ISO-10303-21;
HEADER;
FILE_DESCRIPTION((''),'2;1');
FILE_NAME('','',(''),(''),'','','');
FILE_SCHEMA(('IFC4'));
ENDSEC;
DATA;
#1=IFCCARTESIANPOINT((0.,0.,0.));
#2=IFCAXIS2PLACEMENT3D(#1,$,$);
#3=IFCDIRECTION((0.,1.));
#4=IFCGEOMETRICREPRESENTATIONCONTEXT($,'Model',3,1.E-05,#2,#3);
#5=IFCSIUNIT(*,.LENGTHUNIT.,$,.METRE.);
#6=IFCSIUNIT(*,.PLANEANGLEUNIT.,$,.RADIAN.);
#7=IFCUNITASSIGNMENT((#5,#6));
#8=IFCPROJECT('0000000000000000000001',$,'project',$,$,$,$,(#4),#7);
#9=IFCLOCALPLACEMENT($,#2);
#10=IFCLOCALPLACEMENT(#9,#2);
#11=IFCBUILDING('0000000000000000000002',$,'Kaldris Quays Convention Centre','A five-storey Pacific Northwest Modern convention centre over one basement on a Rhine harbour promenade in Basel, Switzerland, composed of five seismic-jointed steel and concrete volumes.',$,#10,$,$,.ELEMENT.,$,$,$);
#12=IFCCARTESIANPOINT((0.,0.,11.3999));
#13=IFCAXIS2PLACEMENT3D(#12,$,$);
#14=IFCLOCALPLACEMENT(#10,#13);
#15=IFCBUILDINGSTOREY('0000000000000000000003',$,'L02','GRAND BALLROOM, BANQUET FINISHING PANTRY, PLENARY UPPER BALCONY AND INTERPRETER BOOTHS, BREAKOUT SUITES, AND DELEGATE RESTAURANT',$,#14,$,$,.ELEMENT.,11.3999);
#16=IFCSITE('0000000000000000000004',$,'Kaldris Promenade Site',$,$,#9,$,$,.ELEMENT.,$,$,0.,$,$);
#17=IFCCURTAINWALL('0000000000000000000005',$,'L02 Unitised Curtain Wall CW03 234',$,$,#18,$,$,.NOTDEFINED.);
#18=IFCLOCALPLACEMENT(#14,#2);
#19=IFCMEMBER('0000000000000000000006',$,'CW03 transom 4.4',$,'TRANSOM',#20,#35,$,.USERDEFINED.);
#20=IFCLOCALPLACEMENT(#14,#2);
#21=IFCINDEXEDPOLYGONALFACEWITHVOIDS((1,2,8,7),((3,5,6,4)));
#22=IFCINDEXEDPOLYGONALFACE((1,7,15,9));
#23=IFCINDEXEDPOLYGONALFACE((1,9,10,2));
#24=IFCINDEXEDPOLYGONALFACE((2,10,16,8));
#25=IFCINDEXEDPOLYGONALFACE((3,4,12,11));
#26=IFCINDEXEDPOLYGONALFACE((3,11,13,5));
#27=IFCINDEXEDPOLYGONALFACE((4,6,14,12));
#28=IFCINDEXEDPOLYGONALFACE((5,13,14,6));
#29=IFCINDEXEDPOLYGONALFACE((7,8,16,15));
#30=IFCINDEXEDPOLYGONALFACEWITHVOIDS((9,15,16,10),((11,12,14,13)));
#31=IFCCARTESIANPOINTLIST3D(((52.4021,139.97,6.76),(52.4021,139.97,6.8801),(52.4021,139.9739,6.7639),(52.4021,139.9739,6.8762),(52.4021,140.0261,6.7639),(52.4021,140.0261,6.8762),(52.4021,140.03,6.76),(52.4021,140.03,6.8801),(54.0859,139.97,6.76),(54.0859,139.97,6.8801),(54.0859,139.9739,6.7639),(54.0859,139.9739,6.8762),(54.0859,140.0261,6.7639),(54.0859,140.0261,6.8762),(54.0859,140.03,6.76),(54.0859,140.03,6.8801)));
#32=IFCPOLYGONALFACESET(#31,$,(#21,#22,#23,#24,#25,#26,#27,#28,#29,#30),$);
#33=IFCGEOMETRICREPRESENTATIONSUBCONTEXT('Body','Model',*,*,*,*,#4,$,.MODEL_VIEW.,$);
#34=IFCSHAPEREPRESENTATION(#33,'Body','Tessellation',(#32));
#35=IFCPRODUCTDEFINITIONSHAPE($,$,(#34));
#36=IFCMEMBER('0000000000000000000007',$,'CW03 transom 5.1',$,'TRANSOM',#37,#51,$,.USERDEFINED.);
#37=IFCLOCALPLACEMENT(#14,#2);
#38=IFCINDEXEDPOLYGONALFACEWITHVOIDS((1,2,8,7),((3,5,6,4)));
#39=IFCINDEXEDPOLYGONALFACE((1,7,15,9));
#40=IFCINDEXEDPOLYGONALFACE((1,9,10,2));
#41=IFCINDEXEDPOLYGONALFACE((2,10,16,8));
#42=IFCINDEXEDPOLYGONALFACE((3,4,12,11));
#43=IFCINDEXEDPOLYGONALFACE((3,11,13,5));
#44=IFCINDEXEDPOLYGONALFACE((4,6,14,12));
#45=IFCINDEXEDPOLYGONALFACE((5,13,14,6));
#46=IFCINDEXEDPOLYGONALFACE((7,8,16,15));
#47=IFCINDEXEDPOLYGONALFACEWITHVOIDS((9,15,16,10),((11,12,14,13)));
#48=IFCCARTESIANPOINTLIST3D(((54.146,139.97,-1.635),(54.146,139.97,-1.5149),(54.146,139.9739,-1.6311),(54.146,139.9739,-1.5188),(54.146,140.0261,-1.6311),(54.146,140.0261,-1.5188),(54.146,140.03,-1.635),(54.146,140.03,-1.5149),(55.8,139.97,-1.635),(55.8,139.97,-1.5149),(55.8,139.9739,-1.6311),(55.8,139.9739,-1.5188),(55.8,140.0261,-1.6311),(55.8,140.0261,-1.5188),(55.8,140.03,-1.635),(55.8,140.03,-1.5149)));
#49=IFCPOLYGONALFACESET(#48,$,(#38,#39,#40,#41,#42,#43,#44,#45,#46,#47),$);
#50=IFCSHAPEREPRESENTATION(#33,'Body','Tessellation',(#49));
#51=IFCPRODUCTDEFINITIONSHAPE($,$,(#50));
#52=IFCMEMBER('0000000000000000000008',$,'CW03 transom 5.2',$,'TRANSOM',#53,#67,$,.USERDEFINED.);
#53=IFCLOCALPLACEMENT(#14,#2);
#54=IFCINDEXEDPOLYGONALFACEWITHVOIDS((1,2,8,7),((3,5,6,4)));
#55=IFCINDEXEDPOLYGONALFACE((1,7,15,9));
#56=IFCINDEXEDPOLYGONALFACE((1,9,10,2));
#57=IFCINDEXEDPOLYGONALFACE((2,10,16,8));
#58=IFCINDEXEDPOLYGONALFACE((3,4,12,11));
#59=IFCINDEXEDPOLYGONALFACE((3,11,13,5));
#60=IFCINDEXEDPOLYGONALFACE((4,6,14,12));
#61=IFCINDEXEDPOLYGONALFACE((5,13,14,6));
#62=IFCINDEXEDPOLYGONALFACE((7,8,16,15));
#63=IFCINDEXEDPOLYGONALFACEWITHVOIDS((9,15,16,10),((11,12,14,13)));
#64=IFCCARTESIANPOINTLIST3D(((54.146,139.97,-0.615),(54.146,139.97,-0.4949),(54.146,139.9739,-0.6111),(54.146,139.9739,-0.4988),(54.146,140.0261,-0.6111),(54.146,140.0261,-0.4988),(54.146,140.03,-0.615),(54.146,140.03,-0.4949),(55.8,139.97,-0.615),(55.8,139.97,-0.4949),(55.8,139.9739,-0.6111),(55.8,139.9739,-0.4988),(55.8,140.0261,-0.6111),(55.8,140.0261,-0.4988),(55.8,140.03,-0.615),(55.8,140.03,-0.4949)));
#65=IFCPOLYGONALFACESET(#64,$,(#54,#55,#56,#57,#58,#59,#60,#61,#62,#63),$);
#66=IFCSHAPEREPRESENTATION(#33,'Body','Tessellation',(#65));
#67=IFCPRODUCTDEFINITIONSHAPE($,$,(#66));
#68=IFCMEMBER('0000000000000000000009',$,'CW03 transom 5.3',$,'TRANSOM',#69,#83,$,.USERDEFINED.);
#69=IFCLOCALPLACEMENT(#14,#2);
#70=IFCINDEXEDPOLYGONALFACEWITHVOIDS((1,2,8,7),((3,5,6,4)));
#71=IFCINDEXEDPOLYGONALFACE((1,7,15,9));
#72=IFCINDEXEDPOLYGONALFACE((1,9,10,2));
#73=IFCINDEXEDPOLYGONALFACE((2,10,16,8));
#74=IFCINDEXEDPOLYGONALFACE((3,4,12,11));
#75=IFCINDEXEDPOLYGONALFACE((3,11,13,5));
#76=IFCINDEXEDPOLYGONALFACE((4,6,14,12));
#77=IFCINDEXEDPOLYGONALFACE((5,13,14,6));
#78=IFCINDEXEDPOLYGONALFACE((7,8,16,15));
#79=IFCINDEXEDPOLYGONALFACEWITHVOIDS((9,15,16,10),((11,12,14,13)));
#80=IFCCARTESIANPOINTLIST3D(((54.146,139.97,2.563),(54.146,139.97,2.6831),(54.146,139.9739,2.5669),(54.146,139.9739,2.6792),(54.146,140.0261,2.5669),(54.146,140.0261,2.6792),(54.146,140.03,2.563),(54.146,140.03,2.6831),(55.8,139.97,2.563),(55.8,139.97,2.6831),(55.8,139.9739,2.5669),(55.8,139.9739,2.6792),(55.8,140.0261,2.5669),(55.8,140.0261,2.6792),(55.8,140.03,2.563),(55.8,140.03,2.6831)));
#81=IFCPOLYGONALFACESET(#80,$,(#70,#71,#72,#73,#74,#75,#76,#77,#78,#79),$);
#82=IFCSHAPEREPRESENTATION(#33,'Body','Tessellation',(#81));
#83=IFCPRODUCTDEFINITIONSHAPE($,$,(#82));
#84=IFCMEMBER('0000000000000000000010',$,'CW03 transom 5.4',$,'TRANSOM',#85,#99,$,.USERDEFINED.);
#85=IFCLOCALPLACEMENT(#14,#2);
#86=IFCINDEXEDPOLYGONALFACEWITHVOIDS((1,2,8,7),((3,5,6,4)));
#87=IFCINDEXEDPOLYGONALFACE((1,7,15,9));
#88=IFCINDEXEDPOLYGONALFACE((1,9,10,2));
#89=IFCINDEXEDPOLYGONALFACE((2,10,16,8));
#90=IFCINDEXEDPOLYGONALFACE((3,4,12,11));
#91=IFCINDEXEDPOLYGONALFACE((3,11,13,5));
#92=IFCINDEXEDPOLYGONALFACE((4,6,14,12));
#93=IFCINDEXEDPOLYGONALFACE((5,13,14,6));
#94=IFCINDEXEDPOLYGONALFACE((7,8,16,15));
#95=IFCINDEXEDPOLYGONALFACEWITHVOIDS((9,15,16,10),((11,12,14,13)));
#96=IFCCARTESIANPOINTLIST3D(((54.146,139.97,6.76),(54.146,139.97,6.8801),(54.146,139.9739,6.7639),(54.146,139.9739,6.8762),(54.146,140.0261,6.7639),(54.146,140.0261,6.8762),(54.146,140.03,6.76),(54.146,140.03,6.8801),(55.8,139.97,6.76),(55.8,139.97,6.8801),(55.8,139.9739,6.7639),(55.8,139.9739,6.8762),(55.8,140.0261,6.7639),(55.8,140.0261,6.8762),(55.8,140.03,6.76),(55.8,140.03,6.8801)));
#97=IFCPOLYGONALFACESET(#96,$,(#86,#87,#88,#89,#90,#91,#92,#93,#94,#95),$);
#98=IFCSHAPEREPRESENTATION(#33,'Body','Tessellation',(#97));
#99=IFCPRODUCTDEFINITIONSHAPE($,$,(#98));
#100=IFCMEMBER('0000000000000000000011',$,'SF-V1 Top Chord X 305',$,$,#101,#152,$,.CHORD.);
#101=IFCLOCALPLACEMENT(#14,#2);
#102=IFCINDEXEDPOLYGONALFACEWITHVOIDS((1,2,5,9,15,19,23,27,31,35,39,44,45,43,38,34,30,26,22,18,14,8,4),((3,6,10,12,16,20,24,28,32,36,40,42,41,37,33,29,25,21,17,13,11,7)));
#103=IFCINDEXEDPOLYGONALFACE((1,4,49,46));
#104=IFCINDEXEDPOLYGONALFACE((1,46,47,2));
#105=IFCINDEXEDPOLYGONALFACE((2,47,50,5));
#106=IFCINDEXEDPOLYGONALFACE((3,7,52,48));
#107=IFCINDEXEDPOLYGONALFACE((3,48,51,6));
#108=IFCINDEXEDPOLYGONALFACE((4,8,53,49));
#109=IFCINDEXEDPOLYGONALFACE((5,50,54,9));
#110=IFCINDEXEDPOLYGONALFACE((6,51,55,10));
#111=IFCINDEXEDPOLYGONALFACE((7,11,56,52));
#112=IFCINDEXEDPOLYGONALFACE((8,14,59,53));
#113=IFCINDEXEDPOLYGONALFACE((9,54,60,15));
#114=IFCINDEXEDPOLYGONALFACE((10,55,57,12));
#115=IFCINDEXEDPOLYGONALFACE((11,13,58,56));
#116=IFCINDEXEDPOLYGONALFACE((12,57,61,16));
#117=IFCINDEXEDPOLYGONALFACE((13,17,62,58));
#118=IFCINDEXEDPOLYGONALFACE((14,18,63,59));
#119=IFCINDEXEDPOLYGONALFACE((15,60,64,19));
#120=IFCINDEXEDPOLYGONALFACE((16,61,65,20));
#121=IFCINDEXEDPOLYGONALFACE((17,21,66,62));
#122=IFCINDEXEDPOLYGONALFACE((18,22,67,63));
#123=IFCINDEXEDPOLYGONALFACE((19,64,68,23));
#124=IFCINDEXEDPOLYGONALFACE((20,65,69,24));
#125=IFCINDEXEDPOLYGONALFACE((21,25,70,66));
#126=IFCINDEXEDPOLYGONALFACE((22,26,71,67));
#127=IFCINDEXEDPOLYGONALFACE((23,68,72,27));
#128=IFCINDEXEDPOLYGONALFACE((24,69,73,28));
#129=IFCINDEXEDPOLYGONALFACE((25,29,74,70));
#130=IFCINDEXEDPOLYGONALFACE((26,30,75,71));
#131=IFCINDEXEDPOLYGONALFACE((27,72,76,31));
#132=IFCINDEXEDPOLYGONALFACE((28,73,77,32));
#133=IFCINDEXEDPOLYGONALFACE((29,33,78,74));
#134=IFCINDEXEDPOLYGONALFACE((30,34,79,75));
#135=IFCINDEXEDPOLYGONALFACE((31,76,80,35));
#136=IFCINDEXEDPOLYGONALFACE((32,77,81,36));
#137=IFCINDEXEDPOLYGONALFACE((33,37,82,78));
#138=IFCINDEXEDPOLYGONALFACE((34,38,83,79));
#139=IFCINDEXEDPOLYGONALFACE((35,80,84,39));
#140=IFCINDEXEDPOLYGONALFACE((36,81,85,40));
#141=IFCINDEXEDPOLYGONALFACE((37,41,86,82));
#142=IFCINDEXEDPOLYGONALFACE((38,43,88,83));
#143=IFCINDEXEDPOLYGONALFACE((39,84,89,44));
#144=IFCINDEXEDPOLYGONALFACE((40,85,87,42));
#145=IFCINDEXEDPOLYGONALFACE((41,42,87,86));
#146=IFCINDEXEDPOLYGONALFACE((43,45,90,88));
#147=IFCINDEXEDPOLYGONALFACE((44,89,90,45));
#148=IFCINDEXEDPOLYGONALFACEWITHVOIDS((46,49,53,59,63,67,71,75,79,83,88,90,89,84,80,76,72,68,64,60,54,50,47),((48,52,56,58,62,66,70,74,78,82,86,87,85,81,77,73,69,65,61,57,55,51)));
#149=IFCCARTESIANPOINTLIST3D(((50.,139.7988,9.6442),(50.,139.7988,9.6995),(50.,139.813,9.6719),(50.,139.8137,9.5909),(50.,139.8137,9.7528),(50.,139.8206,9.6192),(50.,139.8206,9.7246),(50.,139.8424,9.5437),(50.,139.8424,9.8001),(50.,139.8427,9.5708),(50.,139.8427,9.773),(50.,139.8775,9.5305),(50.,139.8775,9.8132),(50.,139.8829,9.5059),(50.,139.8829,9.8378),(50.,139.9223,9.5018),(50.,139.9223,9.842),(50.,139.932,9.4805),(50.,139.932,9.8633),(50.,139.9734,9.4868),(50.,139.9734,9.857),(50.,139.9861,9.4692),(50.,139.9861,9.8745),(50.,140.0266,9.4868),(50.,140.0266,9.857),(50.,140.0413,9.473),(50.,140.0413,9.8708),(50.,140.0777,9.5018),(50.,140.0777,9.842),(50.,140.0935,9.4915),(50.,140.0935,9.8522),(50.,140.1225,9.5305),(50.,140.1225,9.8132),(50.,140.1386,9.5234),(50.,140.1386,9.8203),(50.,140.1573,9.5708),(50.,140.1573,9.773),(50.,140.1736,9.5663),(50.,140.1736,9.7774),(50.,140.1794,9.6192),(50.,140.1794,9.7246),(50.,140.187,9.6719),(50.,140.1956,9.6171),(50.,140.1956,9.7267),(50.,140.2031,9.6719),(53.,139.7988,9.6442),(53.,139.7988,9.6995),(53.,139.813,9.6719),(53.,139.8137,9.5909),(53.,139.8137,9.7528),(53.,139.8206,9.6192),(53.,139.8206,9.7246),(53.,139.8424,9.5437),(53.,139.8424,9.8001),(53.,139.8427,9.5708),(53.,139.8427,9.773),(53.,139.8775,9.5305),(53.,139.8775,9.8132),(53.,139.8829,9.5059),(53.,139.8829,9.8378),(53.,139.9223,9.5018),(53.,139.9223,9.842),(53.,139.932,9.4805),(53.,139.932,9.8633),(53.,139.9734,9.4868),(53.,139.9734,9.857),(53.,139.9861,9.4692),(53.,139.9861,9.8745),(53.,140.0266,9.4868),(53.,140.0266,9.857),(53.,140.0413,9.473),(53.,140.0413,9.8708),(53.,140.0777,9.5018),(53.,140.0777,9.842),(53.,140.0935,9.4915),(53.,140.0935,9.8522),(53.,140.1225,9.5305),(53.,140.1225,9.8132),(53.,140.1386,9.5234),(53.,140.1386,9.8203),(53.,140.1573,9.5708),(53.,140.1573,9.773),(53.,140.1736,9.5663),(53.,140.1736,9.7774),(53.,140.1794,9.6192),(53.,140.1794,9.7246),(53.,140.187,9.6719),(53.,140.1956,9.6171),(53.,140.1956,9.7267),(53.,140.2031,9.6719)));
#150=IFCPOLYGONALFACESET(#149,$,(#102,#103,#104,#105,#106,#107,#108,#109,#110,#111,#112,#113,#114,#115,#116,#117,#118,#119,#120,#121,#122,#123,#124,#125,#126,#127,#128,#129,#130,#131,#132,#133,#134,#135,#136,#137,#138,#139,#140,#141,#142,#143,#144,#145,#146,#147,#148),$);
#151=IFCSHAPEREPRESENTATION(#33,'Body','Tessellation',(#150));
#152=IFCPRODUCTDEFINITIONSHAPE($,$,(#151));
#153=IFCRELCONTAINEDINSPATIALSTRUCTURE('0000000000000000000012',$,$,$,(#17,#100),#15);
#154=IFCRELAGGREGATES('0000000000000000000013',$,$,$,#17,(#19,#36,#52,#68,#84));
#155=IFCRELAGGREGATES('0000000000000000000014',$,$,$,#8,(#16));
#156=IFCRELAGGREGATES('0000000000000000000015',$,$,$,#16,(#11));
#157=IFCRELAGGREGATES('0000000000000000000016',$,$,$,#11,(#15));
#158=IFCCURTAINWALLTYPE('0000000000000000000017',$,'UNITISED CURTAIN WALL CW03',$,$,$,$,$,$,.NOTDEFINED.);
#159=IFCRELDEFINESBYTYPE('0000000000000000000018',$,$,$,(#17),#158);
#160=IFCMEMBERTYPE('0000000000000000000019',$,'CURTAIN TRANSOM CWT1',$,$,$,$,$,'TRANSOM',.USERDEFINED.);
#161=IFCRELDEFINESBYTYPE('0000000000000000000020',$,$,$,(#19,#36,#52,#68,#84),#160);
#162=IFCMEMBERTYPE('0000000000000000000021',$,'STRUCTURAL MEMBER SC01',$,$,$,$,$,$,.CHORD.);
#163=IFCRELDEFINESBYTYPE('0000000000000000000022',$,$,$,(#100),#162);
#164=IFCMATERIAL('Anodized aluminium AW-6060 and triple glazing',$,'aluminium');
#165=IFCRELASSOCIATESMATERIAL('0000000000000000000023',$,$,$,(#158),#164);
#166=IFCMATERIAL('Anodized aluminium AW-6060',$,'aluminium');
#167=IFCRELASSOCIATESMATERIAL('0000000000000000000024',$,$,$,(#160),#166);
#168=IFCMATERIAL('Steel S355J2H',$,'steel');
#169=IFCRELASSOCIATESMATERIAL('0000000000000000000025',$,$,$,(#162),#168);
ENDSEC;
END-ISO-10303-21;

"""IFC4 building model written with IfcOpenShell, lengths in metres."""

from ifc_helpers import new_model, si_unit, direction, frame, origin, origin_2d, place, context, subcontext, project, spatial, hollow_rectangle, hollow_circle, extrude, material, material_profile, profile_set, type_object, element, aggregate, save


model = new_model("IFC4")

# Units and contexts
model_context = context("Model", 3, precision=1e-05, world=origin(), true_north=direction((0.0, 1.0)))
body_context = subcontext(model_context, "Body", "Model", "MODEL_VIEW")
ifc_project = project(units=[si_unit("LENGTHUNIT", "METRE"), si_unit("PLANEANGLEUNIT", "RADIAN")], contexts=[model_context])

# Site, building, storey
site_placement = place(None, origin())
site = spatial("IfcSite", under=ifc_project, at=site_placement, Name="Kaldris Promenade Site", CompositionType="ELEMENT", RefElevation=0.0)
building_placement = place(site_placement, origin())
building = spatial("IfcBuilding", under=site, at=building_placement, Name="Kaldris Quays Convention Centre", Description="A five-storey Pacific Northwest Modern convention centre over one basement on a Rhine harbour promenade in Basel, Switzerland, composed of five seismic-jointed steel and concrete volumes.", CompositionType="ELEMENT")
storey_placement = place(building_placement, frame((0.0, 0.0, 11.3999)))
storey = spatial("IfcBuildingStorey", under=building, at=storey_placement, Name="L02", Description="GRAND BALLROOM, BANQUET FINISHING PANTRY, PLENARY UPPER BALCONY AND INTERPRETER BOOTHS, BREAKOUT SUITES, AND DELEGATE RESTAURANT", CompositionType="ELEMENT", Elevation=11.3999)

# Curtain wall, members
ifc_material_1 = material(Name="Anodized aluminium AW-6060 and triple glazing", Category="aluminium")
curtain_wall_type = type_object("IfcCurtainWallType", Name="UNITISED CURTAIN WALL CW03", PredefinedType="NOTDEFINED", material=ifc_material_1)
curtain_wall_placement = place(storey_placement, origin())
curtain_wall = element("IfcCurtainWall", 1, at=curtain_wall_placement, inside=storey, type_object=curtain_wall_type, Name="L02 Unitised Curtain Wall CW03 234", PredefinedType="NOTDEFINED")
ifc_material_2 = material(Name="Anodized aluminium AW-6060", Category="aluminium")
ifc_material_profile_1 = material_profile(ifc_material_2, hollow_rectangle(XDim=0.0601, YDim=0.1201, WallThickness=0.0039, at=origin_2d()), Name="RHS 120x60x4")
ifc_profile_set_1 = profile_set([ifc_material_profile_1], Name="Anodized aluminium AW-6060")
member_type_1 = type_object("IfcMemberType", Name="CURTAIN TRANSOM CWT1", ElementType="TRANSOM", PredefinedType="USERDEFINED", material=ifc_profile_set_1)
member_1_placement = place(storey_placement, frame((52.4021, 140.0, 6.8201), z_axis=(1.0, 0.0, 0.0), x_axis=(0.0, 1.0, 0.0)))
member_1 = element("IfcMember", 2, at=member_1_placement, type_object=member_type_1, Name="CW03 transom 4.4", ObjectType="TRANSOM", PredefinedType="USERDEFINED", context=body_context, shape_type="SweptSolid", body=[
    extrude(hollow_rectangle(XDim=0.0601, YDim=0.1201, WallThickness=0.0039, at=origin_2d()), origin(), (0.0, 0.0, 1.0), 1.6838),
])
member_2_placement = place(storey_placement, frame((54.146, 140.0, -1.575), z_axis=(1.0, 0.0, 0.0), x_axis=(0.0, 1.0, 0.0)))
member_2 = element("IfcMember", 3, at=member_2_placement, type_object=member_type_1, Name="CW03 transom 5.1", ObjectType="TRANSOM", PredefinedType="USERDEFINED", context=body_context, shape_type="SweptSolid", body=[
    extrude(hollow_rectangle(XDim=0.0601, YDim=0.1201, WallThickness=0.0039, at=origin_2d()), origin(), (0.0, 0.0, 1.0), 1.6541),
])
member_3_placement = place(storey_placement, frame((54.146, 140.0, -0.5549), z_axis=(1.0, 0.0, 0.0), x_axis=(0.0, 1.0, 0.0)))
member_3 = element("IfcMember", 4, at=member_3_placement, type_object=member_type_1, Name="CW03 transom 5.2", ObjectType="TRANSOM", PredefinedType="USERDEFINED", context=body_context, shape_type="SweptSolid", body=[
    extrude(hollow_rectangle(XDim=0.0601, YDim=0.1201, WallThickness=0.0039, at=origin_2d()), origin(), (0.0, 0.0, 1.0), 1.6541),
])
member_4_placement = place(storey_placement, frame((54.146, 140.0, 2.623), z_axis=(1.0, 0.0, 0.0), x_axis=(0.0, 1.0, 0.0)))
member_4 = element("IfcMember", 5, at=member_4_placement, type_object=member_type_1, Name="CW03 transom 5.3", ObjectType="TRANSOM", PredefinedType="USERDEFINED", context=body_context, shape_type="SweptSolid", body=[
    extrude(hollow_rectangle(XDim=0.0601, YDim=0.1201, WallThickness=0.0039, at=origin_2d()), origin(), (0.0, 0.0, 1.0), 1.6541),
])
member_5_placement = place(storey_placement, frame((54.146, 140.0, 6.8201), z_axis=(1.0, 0.0, 0.0), x_axis=(0.0, 1.0, 0.0)))
member_5 = element("IfcMember", 6, at=member_5_placement, type_object=member_type_1, Name="CW03 transom 5.4", ObjectType="TRANSOM", PredefinedType="USERDEFINED", context=body_context, shape_type="SweptSolid", body=[
    extrude(hollow_rectangle(XDim=0.0601, YDim=0.1201, WallThickness=0.0039, at=origin_2d()), origin(), (0.0, 0.0, 1.0), 1.6541),
])

# Member
ifc_material_3 = material(Name="Steel S355J2H", Category="steel")
ifc_material_profile_2 = material_profile(ifc_material_3, hollow_circle(Radius=0.2031, WallThickness=0.0161, at=origin_2d()), Name="CHS 406.4x16")
ifc_profile_set_2 = profile_set([ifc_material_profile_2], Name="Steel S355J2H")
member_type_2 = type_object("IfcMemberType", Name="STRUCTURAL MEMBER SC01", PredefinedType="CHORD", material=ifc_profile_set_2)
for number, where, z_axis, x_axis, name in (
    (7, (50.0, 140.0, 9.6719), (1.0, 0.0, 0.0), (0.0, 1.0, 0.0), "SF-V1 Top Chord X 305"),
):
    element("IfcMember", number, at=place(storey_placement, frame(where, z_axis=z_axis, x_axis=x_axis)), inside=storey, type_object=member_type_2, Name=name, PredefinedType="CHORD", context=body_context, shape_type="SweptSolid", body=[
        extrude(hollow_circle(Radius=0.2031, WallThickness=0.0161, at=origin_2d()), origin(), (0.0, 0.0, 1.0), 3.0),
    ])

aggregate(curtain_wall, [member_1, member_2, member_3, member_4, member_5])

save(model, "model.ifc")
